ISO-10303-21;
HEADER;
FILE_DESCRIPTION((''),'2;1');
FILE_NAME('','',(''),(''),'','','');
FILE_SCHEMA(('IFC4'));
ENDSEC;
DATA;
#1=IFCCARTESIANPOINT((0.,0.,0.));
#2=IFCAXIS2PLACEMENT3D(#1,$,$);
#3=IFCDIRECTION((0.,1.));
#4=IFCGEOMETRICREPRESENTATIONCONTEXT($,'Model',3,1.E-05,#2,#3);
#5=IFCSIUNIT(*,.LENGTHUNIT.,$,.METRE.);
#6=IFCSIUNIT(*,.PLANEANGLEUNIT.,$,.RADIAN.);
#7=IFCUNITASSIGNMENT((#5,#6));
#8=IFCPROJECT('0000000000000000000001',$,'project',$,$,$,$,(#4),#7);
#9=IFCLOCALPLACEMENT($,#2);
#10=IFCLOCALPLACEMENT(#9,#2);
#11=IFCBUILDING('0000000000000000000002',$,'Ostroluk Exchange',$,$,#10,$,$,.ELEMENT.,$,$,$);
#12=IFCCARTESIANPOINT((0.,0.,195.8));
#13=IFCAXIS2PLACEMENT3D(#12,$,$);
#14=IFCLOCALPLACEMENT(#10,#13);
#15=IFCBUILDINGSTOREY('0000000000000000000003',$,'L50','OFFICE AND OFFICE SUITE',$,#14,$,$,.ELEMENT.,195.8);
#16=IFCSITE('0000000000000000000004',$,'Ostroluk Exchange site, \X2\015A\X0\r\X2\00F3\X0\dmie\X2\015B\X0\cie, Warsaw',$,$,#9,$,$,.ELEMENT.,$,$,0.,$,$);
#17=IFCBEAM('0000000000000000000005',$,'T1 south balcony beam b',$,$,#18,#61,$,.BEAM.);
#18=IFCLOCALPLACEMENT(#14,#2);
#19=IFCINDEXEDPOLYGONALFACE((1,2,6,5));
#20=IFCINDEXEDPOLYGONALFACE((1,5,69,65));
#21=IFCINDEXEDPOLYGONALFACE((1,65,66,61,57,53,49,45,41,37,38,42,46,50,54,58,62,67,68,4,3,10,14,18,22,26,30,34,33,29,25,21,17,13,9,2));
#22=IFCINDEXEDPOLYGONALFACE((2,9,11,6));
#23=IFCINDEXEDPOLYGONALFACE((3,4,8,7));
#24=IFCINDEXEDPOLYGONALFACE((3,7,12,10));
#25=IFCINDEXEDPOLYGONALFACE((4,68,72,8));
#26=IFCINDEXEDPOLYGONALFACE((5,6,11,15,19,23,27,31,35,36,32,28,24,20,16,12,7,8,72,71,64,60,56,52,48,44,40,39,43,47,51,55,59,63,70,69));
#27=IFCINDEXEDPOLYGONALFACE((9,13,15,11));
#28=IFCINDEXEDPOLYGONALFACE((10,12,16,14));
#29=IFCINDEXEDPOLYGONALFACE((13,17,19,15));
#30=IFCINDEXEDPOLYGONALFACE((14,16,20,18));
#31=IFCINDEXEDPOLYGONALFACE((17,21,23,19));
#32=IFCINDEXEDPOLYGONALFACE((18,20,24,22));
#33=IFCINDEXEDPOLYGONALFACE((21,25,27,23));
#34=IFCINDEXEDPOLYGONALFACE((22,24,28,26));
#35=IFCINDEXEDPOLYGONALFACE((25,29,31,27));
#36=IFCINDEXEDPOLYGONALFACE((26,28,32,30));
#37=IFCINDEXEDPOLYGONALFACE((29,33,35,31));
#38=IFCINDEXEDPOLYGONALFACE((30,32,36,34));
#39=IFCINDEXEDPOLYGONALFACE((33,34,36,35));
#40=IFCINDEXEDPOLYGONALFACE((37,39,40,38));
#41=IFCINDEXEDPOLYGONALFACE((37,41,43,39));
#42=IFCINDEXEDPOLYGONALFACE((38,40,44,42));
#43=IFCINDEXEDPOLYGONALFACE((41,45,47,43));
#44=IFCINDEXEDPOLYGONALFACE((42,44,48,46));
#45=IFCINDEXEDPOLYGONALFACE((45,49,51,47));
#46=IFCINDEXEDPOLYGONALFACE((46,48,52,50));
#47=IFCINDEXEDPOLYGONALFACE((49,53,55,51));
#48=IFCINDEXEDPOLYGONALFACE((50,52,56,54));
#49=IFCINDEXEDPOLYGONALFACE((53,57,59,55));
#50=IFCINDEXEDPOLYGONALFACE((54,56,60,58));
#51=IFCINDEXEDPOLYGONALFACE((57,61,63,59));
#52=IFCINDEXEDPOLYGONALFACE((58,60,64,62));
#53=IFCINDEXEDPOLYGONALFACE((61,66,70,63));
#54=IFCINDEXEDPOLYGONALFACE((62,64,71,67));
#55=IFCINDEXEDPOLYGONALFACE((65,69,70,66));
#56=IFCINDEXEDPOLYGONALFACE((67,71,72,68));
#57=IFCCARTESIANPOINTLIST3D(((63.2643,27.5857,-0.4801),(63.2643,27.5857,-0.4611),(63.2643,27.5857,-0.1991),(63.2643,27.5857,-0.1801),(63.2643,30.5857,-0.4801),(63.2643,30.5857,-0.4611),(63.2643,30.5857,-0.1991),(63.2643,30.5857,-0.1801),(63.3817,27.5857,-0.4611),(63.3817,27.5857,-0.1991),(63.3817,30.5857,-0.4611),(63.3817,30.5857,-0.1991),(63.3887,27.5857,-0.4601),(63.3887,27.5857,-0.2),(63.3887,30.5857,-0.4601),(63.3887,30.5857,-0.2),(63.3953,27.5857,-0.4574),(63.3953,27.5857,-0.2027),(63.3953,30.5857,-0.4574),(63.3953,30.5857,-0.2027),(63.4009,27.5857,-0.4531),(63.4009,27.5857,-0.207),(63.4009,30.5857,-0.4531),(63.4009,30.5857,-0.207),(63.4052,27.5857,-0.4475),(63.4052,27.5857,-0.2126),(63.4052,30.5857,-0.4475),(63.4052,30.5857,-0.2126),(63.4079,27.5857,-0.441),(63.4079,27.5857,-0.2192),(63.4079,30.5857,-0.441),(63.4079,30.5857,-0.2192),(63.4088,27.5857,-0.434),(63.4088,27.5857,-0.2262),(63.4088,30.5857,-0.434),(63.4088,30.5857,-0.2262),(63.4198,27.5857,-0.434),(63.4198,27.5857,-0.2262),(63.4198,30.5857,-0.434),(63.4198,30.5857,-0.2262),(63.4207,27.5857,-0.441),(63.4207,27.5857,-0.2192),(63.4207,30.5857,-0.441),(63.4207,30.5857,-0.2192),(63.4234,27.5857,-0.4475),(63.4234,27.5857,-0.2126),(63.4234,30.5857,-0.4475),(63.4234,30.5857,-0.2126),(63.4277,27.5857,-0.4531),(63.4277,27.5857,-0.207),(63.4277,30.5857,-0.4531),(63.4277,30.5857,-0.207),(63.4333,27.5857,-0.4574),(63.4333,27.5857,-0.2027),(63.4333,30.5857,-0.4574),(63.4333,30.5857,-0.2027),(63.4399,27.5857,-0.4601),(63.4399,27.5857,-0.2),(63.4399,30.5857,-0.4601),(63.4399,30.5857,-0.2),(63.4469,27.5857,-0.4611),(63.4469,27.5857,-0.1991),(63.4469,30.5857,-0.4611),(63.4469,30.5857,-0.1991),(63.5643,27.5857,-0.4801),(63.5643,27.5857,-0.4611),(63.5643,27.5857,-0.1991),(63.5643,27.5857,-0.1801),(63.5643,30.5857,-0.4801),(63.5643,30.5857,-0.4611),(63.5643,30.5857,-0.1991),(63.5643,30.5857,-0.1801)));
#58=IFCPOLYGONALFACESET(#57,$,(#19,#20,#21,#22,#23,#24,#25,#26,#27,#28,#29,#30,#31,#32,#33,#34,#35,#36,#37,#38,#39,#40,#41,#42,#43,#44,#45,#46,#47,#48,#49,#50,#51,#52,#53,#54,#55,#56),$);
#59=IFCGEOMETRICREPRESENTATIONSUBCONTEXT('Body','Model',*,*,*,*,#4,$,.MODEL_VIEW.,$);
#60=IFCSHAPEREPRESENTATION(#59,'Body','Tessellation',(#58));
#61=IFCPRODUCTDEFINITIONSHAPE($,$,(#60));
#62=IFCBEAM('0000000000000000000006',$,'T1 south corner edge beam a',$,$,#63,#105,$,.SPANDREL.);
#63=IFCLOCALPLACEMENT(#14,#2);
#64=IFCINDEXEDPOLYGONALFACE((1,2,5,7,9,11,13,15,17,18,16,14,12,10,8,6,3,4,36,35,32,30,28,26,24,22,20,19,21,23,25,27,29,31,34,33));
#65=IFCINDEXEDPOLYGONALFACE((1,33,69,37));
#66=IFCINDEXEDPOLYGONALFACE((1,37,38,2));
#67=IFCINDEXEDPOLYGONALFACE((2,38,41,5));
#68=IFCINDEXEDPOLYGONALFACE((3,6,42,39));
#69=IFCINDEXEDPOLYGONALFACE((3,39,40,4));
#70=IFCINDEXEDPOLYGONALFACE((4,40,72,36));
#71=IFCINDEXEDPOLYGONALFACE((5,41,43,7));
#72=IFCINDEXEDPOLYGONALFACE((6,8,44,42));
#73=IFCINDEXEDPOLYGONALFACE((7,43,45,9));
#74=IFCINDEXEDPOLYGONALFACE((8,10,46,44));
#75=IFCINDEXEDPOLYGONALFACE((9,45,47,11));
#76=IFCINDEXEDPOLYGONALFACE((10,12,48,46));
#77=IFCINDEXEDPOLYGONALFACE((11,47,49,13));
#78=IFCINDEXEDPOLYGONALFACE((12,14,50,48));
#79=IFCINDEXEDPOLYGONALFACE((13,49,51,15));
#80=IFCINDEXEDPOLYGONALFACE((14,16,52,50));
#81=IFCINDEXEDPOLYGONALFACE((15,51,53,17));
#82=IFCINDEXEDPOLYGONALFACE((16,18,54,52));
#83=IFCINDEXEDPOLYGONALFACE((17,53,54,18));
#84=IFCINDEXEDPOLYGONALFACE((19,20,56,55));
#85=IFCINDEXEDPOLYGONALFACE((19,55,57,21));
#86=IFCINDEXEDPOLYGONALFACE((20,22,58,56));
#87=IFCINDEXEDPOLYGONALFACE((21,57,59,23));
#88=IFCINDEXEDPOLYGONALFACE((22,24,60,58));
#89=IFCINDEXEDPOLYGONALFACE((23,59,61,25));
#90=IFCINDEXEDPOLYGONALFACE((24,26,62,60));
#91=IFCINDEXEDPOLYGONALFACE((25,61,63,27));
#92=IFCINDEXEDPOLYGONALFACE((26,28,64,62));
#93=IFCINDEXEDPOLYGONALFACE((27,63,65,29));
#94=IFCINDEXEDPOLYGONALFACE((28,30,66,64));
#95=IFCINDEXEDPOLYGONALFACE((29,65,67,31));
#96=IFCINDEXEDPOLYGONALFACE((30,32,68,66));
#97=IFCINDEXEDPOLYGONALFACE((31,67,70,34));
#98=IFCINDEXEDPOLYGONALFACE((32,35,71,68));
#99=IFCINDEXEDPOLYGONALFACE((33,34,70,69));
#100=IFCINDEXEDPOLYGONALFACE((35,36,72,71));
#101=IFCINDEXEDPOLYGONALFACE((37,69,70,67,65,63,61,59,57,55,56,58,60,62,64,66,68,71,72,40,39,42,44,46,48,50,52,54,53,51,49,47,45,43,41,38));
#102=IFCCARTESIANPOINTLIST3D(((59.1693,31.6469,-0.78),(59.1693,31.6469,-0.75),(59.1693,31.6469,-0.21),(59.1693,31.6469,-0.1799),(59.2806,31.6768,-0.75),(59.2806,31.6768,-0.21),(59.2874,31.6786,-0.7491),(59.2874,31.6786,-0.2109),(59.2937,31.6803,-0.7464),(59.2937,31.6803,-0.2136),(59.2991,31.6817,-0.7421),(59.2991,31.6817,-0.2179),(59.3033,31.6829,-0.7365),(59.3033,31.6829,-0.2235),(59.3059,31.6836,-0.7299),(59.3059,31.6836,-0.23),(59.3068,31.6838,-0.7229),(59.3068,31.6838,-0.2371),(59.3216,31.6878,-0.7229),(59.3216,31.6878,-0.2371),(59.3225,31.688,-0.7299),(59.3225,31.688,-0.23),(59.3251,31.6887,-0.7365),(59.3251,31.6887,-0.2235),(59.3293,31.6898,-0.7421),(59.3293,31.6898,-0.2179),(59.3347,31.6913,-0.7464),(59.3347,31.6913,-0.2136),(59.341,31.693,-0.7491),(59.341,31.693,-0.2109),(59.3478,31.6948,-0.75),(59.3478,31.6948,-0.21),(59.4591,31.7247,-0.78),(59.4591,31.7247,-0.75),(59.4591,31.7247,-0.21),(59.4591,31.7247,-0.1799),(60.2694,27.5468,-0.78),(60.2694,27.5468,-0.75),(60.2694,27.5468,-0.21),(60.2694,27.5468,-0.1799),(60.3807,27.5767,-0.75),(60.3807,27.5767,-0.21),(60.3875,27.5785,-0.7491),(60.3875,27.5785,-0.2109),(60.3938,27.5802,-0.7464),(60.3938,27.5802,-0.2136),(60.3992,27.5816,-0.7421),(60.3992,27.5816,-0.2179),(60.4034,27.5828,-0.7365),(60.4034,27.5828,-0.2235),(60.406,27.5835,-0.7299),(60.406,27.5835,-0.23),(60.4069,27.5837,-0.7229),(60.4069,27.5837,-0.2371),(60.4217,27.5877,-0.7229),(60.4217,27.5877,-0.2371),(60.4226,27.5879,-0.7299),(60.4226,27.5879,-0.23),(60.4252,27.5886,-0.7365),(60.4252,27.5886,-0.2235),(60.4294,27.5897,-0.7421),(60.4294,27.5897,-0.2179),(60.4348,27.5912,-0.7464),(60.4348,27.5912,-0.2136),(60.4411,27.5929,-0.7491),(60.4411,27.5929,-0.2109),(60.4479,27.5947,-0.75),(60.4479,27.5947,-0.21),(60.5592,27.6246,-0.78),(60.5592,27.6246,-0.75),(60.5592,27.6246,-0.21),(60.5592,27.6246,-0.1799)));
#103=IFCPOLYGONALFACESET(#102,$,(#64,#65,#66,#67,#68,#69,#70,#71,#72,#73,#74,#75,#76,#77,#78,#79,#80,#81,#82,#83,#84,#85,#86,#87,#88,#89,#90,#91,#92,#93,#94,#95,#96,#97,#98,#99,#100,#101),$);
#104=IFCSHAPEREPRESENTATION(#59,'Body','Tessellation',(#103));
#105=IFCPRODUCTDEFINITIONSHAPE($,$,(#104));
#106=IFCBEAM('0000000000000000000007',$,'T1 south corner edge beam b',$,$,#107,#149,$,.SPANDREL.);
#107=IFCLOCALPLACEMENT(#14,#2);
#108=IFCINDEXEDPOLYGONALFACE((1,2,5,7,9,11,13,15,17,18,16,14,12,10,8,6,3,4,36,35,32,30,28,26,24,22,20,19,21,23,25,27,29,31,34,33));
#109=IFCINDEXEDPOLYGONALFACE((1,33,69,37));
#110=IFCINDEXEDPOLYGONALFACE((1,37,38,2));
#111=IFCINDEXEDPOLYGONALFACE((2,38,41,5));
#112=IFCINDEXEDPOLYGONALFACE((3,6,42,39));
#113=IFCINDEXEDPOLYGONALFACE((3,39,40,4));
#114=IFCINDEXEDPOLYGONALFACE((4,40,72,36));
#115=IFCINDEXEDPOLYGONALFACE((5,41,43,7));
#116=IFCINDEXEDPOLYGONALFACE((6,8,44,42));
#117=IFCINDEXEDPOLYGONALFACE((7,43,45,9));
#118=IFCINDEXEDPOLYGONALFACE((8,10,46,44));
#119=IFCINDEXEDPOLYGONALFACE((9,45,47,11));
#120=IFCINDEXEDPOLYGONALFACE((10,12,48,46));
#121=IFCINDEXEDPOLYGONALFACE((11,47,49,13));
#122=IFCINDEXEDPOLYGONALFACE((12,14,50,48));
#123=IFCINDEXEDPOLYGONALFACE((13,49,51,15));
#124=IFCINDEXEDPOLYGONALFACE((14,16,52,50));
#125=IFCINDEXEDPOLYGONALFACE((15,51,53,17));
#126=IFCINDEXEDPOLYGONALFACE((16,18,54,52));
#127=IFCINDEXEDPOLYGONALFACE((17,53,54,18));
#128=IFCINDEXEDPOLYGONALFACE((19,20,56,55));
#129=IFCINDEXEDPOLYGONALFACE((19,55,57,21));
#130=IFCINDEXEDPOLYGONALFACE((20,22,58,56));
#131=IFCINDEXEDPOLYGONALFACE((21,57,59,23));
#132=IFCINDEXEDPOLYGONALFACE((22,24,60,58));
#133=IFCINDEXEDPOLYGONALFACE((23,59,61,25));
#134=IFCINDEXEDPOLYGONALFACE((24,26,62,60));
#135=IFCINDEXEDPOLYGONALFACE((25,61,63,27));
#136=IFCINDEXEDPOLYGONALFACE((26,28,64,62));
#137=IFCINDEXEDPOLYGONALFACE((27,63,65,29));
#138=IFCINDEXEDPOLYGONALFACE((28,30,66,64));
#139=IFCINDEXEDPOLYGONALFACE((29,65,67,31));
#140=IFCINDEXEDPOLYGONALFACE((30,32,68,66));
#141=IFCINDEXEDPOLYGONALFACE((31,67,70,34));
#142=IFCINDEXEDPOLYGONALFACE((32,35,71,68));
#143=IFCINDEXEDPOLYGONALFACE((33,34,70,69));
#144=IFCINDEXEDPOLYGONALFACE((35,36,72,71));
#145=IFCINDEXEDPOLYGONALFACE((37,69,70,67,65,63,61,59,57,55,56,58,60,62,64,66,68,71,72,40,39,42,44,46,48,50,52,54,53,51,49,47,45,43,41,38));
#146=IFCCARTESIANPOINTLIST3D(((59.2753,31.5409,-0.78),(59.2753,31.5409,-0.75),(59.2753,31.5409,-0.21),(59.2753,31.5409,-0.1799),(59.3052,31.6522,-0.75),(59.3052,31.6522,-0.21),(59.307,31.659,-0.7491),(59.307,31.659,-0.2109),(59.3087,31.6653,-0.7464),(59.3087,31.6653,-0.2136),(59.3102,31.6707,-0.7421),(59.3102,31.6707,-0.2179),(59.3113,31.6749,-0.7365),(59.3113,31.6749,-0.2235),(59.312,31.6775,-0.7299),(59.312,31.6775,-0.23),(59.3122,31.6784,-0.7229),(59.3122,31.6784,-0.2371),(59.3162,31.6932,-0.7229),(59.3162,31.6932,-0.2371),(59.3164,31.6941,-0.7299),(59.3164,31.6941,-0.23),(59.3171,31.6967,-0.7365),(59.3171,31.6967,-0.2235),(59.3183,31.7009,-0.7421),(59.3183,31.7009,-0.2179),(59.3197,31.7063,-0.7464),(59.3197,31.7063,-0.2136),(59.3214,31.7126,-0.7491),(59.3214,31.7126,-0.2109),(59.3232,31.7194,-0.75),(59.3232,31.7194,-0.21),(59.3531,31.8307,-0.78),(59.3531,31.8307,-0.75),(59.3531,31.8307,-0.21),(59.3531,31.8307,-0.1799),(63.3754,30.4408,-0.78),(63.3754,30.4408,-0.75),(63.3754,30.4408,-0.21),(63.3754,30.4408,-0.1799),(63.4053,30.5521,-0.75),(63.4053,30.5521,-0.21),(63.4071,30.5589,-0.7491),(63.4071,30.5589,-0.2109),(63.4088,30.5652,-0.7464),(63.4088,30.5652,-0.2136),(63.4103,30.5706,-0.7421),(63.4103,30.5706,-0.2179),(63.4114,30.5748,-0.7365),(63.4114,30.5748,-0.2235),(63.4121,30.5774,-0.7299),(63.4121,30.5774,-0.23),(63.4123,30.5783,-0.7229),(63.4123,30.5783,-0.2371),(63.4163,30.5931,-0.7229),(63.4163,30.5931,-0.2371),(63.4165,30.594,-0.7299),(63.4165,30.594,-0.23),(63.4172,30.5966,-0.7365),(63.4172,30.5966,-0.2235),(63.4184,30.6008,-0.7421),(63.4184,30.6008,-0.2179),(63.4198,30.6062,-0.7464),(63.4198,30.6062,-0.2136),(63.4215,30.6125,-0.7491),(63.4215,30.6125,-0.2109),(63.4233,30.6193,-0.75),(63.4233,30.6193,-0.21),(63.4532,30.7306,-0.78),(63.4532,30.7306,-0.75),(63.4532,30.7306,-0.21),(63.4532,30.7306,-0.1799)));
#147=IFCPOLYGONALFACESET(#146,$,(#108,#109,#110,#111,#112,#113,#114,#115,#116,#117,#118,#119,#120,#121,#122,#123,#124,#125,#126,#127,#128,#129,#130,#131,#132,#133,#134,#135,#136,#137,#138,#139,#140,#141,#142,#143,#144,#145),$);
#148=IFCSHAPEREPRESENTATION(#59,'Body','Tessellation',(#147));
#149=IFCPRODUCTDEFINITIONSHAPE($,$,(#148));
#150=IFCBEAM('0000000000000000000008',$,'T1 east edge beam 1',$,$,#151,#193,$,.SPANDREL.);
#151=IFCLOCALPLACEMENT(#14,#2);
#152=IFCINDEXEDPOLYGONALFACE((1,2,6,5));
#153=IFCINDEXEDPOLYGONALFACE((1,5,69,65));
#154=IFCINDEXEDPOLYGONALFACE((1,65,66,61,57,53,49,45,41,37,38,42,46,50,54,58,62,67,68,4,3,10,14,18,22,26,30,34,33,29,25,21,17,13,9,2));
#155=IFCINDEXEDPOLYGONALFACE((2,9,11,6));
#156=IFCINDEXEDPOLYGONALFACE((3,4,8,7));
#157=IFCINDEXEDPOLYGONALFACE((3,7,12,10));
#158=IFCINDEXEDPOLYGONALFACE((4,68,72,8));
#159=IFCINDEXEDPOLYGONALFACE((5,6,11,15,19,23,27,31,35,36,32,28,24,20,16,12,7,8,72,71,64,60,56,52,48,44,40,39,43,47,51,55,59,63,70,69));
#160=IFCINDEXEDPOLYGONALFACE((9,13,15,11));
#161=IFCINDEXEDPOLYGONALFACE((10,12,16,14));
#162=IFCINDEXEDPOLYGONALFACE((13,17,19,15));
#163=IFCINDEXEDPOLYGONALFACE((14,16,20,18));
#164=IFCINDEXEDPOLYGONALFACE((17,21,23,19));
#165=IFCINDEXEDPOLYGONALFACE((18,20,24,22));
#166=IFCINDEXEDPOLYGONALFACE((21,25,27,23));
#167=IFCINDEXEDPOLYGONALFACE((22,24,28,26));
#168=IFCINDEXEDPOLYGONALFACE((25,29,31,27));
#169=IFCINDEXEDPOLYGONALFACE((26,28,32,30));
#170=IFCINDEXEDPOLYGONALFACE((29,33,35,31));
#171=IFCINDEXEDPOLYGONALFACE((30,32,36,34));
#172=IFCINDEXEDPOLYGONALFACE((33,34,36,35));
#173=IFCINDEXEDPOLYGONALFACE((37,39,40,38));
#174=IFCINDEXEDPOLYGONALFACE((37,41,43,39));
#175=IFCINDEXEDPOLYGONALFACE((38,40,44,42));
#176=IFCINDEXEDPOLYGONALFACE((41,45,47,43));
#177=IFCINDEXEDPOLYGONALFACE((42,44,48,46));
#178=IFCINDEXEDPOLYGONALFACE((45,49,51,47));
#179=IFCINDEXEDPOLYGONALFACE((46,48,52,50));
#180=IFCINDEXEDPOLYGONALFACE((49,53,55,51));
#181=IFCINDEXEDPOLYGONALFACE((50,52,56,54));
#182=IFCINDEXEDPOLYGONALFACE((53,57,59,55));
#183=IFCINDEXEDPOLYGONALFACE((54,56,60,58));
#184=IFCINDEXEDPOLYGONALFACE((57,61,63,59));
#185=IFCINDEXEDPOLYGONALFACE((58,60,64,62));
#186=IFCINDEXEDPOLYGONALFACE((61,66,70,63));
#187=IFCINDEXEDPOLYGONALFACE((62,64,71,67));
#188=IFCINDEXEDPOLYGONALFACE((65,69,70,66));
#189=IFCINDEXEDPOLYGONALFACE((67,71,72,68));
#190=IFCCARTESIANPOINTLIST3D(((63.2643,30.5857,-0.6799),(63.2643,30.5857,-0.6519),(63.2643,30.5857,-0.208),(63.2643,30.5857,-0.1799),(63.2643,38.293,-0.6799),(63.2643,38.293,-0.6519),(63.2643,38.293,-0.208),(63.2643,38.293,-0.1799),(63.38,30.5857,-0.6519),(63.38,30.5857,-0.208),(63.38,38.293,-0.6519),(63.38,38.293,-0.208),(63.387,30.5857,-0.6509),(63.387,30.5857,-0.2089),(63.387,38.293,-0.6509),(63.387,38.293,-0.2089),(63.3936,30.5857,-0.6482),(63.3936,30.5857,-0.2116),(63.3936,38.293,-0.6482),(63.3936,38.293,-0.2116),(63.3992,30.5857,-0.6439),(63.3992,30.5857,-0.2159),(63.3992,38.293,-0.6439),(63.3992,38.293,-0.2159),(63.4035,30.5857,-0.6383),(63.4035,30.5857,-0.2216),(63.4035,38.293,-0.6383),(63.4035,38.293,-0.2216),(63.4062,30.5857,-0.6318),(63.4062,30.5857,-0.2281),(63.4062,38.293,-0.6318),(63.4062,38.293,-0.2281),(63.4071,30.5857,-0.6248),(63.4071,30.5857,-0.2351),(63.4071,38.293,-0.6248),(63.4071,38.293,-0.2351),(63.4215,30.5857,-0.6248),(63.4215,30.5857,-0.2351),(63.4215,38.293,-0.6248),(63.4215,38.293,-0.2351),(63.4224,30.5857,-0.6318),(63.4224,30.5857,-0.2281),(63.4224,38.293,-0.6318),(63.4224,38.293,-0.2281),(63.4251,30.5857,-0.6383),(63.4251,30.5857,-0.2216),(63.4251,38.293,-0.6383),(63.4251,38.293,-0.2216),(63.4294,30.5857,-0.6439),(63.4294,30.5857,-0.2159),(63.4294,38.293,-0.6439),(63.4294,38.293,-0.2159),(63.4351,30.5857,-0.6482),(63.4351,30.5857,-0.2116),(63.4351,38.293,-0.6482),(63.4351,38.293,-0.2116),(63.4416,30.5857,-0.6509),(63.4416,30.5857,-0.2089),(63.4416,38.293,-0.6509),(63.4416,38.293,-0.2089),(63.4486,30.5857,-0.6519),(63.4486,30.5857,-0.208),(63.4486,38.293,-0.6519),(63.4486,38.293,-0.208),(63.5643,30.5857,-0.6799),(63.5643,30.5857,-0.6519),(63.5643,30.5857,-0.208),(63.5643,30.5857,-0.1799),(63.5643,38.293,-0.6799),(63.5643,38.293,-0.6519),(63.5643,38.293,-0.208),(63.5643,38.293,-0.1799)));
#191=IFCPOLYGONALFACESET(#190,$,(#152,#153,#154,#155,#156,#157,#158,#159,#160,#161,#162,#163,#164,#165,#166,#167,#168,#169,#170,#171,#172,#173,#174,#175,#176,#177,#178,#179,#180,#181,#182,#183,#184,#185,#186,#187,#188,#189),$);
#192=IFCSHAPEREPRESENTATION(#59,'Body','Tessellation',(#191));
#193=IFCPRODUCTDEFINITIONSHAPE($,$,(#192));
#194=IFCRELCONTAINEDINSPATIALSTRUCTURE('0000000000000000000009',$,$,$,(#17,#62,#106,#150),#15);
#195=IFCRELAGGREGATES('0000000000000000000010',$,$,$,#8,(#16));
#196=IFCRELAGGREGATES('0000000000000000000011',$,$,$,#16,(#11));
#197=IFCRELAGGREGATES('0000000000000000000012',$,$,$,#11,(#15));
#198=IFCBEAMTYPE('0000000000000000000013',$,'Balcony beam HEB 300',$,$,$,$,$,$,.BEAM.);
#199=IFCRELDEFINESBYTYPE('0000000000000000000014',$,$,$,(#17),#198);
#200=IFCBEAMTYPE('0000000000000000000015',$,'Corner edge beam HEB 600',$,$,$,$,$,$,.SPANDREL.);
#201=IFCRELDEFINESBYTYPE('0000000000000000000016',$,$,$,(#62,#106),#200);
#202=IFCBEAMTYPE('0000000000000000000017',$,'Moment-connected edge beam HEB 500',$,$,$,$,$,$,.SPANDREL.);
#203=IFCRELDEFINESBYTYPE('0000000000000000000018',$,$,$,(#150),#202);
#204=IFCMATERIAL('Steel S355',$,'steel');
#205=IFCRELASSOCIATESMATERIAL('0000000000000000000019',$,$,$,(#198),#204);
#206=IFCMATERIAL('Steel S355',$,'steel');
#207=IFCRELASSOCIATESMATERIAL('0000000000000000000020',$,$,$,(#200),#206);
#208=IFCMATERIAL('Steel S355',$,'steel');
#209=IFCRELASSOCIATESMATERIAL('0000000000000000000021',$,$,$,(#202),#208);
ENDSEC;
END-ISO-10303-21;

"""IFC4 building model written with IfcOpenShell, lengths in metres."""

from ifc_helpers import new_model, si_unit, direction, frame, origin, origin_2d, place, context, subcontext, project, spatial, i_section, extrude, material, material_profile, profile_set, type_object, element, save


model = new_model("IFC4")

# Units and contexts
model_context = context("Model", 3, precision=1e-05, world=origin(), true_north=direction((0.0, 1.0)))
body_context = subcontext(model_context, "Body", "Model", "MODEL_VIEW")
ifc_project = project(units=[si_unit("LENGTHUNIT", "METRE"), si_unit("PLANEANGLEUNIT", "RADIAN")], contexts=[model_context])

# Site, building, storey
site_placement = place(None, origin())
site = spatial("IfcSite", under=ifc_project, at=site_placement, Name="Ostroluk Exchange site, Śródmieście, Warsaw", CompositionType="ELEMENT", RefElevation=0.0)
building_placement = place(site_placement, origin())
building = spatial("IfcBuilding", under=site, at=building_placement, Name="Ostroluk Exchange", CompositionType="ELEMENT")
storey_placement = place(building_placement, frame((0.0, 0.0, 195.8)))
storey = spatial("IfcBuildingStorey", under=building, at=storey_placement, Name="L50", Description="OFFICE AND OFFICE SUITE", CompositionType="ELEMENT", Elevation=195.8)

# Beams
ifc_material_1 = material(Name="Steel S355", Category="steel")
ifc_material_profile_1 = material_profile(ifc_material_1, i_section(OverallWidth=0.3, OverallDepth=0.3, WebThickness=0.011, FlangeThickness=0.019, FilletRadius=0.0271, at=origin_2d()), Name="HEB 300")
ifc_profile_set_1 = profile_set([ifc_material_profile_1], Name="Steel S355")
beam_type_1 = type_object("IfcBeamType", Name="Balcony beam HEB 300", PredefinedType="BEAM", material=ifc_profile_set_1)
for number, where, z_axis, x_axis, name in (
    (1, (63.4143, 30.5857, -0.3301), (0.0, -1.0, 0.0), (1.0, 0.0, 0.0), "T1 south balcony beam b"),
):
    element("IfcBeam", number, at=place(storey_placement, frame(where, z_axis=z_axis, x_axis=x_axis)), inside=storey, type_object=beam_type_1, Name=name, PredefinedType="BEAM", context=body_context, shape_type="SweptSolid", body=[
        extrude(i_section(OverallWidth=0.3, OverallDepth=0.3, WebThickness=0.011, FlangeThickness=0.019, FilletRadius=0.0271, at=origin_2d()), origin(), (0.0, 0.0, 1.0), 3.0),
    ])
ifc_material_2 = material(Name="Steel S355", Category="steel")
ifc_material_profile_2 = material_profile(ifc_material_2, i_section(OverallWidth=0.3, OverallDepth=0.6001, WebThickness=0.0154, FlangeThickness=0.03, FilletRadius=0.0271, at=origin_2d()), Name="HEB 600")
ifc_profile_set_2 = profile_set([ifc_material_profile_2], Name="Steel S355")
beam_type_2 = type_object("IfcBeamType", Name="Corner edge beam HEB 600", PredefinedType="SPANDREL", material=ifc_profile_set_2)
for number, where, z_axis, x_axis, name in (
    (2, (59.3142, 31.6858, -0.48), (0.259144, -0.965839, 0.0), (0.965839, 0.259144, 0.0), "T1 south corner edge beam a"),
    (3, (59.3142, 31.6858, -0.48), (0.965839, -0.259144, 0.0), (0.259144, 0.965839, 0.0), "T1 south corner edge beam b"),
):
    element("IfcBeam", number, at=place(storey_placement, frame(where, z_axis=z_axis, x_axis=x_axis)), inside=storey, type_object=beam_type_2, Name=name, PredefinedType="SPANDREL", context=body_context, shape_type="SweptSolid", body=[
        extrude(i_section(OverallWidth=0.3, OverallDepth=0.6001, WebThickness=0.0154, FlangeThickness=0.03, FilletRadius=0.0271, at=origin_2d()), origin(), (0.0, 0.0, 1.0), 4.2451),
    ])
ifc_material_3 = material(Name="Steel S355", Category="steel")
ifc_material_profile_3 = material_profile(ifc_material_3, i_section(OverallWidth=0.3, OverallDepth=0.5, WebThickness=0.0144, FlangeThickness=0.0281, FilletRadius=0.0271, at=origin_2d()), Name="HEB 500")
ifc_profile_set_3 = profile_set([ifc_material_profile_3], Name="Steel S355")
beam_type_3 = type_object("IfcBeamType", Name="Moment-connected edge beam HEB 500", PredefinedType="SPANDREL", material=ifc_profile_set_3)
beam_placement = place(storey_placement, frame((63.4143, 30.5857, -0.4299), z_axis=(0.0, 1.0, 0.0), x_axis=(-1.0, 0.0, 0.0)))
element("IfcBeam", 4, at=beam_placement, inside=storey, type_object=beam_type_3, Name="T1 east edge beam 1", PredefinedType="SPANDREL", context=body_context, shape_type="SweptSolid", body=[
    extrude(i_section(OverallWidth=0.3, OverallDepth=0.5, WebThickness=0.0144, FlangeThickness=0.0281, FilletRadius=0.0271, at=origin_2d()), origin(), (0.0, 0.0, 1.0), 7.7073),
])

save(model, "model.ifc")
